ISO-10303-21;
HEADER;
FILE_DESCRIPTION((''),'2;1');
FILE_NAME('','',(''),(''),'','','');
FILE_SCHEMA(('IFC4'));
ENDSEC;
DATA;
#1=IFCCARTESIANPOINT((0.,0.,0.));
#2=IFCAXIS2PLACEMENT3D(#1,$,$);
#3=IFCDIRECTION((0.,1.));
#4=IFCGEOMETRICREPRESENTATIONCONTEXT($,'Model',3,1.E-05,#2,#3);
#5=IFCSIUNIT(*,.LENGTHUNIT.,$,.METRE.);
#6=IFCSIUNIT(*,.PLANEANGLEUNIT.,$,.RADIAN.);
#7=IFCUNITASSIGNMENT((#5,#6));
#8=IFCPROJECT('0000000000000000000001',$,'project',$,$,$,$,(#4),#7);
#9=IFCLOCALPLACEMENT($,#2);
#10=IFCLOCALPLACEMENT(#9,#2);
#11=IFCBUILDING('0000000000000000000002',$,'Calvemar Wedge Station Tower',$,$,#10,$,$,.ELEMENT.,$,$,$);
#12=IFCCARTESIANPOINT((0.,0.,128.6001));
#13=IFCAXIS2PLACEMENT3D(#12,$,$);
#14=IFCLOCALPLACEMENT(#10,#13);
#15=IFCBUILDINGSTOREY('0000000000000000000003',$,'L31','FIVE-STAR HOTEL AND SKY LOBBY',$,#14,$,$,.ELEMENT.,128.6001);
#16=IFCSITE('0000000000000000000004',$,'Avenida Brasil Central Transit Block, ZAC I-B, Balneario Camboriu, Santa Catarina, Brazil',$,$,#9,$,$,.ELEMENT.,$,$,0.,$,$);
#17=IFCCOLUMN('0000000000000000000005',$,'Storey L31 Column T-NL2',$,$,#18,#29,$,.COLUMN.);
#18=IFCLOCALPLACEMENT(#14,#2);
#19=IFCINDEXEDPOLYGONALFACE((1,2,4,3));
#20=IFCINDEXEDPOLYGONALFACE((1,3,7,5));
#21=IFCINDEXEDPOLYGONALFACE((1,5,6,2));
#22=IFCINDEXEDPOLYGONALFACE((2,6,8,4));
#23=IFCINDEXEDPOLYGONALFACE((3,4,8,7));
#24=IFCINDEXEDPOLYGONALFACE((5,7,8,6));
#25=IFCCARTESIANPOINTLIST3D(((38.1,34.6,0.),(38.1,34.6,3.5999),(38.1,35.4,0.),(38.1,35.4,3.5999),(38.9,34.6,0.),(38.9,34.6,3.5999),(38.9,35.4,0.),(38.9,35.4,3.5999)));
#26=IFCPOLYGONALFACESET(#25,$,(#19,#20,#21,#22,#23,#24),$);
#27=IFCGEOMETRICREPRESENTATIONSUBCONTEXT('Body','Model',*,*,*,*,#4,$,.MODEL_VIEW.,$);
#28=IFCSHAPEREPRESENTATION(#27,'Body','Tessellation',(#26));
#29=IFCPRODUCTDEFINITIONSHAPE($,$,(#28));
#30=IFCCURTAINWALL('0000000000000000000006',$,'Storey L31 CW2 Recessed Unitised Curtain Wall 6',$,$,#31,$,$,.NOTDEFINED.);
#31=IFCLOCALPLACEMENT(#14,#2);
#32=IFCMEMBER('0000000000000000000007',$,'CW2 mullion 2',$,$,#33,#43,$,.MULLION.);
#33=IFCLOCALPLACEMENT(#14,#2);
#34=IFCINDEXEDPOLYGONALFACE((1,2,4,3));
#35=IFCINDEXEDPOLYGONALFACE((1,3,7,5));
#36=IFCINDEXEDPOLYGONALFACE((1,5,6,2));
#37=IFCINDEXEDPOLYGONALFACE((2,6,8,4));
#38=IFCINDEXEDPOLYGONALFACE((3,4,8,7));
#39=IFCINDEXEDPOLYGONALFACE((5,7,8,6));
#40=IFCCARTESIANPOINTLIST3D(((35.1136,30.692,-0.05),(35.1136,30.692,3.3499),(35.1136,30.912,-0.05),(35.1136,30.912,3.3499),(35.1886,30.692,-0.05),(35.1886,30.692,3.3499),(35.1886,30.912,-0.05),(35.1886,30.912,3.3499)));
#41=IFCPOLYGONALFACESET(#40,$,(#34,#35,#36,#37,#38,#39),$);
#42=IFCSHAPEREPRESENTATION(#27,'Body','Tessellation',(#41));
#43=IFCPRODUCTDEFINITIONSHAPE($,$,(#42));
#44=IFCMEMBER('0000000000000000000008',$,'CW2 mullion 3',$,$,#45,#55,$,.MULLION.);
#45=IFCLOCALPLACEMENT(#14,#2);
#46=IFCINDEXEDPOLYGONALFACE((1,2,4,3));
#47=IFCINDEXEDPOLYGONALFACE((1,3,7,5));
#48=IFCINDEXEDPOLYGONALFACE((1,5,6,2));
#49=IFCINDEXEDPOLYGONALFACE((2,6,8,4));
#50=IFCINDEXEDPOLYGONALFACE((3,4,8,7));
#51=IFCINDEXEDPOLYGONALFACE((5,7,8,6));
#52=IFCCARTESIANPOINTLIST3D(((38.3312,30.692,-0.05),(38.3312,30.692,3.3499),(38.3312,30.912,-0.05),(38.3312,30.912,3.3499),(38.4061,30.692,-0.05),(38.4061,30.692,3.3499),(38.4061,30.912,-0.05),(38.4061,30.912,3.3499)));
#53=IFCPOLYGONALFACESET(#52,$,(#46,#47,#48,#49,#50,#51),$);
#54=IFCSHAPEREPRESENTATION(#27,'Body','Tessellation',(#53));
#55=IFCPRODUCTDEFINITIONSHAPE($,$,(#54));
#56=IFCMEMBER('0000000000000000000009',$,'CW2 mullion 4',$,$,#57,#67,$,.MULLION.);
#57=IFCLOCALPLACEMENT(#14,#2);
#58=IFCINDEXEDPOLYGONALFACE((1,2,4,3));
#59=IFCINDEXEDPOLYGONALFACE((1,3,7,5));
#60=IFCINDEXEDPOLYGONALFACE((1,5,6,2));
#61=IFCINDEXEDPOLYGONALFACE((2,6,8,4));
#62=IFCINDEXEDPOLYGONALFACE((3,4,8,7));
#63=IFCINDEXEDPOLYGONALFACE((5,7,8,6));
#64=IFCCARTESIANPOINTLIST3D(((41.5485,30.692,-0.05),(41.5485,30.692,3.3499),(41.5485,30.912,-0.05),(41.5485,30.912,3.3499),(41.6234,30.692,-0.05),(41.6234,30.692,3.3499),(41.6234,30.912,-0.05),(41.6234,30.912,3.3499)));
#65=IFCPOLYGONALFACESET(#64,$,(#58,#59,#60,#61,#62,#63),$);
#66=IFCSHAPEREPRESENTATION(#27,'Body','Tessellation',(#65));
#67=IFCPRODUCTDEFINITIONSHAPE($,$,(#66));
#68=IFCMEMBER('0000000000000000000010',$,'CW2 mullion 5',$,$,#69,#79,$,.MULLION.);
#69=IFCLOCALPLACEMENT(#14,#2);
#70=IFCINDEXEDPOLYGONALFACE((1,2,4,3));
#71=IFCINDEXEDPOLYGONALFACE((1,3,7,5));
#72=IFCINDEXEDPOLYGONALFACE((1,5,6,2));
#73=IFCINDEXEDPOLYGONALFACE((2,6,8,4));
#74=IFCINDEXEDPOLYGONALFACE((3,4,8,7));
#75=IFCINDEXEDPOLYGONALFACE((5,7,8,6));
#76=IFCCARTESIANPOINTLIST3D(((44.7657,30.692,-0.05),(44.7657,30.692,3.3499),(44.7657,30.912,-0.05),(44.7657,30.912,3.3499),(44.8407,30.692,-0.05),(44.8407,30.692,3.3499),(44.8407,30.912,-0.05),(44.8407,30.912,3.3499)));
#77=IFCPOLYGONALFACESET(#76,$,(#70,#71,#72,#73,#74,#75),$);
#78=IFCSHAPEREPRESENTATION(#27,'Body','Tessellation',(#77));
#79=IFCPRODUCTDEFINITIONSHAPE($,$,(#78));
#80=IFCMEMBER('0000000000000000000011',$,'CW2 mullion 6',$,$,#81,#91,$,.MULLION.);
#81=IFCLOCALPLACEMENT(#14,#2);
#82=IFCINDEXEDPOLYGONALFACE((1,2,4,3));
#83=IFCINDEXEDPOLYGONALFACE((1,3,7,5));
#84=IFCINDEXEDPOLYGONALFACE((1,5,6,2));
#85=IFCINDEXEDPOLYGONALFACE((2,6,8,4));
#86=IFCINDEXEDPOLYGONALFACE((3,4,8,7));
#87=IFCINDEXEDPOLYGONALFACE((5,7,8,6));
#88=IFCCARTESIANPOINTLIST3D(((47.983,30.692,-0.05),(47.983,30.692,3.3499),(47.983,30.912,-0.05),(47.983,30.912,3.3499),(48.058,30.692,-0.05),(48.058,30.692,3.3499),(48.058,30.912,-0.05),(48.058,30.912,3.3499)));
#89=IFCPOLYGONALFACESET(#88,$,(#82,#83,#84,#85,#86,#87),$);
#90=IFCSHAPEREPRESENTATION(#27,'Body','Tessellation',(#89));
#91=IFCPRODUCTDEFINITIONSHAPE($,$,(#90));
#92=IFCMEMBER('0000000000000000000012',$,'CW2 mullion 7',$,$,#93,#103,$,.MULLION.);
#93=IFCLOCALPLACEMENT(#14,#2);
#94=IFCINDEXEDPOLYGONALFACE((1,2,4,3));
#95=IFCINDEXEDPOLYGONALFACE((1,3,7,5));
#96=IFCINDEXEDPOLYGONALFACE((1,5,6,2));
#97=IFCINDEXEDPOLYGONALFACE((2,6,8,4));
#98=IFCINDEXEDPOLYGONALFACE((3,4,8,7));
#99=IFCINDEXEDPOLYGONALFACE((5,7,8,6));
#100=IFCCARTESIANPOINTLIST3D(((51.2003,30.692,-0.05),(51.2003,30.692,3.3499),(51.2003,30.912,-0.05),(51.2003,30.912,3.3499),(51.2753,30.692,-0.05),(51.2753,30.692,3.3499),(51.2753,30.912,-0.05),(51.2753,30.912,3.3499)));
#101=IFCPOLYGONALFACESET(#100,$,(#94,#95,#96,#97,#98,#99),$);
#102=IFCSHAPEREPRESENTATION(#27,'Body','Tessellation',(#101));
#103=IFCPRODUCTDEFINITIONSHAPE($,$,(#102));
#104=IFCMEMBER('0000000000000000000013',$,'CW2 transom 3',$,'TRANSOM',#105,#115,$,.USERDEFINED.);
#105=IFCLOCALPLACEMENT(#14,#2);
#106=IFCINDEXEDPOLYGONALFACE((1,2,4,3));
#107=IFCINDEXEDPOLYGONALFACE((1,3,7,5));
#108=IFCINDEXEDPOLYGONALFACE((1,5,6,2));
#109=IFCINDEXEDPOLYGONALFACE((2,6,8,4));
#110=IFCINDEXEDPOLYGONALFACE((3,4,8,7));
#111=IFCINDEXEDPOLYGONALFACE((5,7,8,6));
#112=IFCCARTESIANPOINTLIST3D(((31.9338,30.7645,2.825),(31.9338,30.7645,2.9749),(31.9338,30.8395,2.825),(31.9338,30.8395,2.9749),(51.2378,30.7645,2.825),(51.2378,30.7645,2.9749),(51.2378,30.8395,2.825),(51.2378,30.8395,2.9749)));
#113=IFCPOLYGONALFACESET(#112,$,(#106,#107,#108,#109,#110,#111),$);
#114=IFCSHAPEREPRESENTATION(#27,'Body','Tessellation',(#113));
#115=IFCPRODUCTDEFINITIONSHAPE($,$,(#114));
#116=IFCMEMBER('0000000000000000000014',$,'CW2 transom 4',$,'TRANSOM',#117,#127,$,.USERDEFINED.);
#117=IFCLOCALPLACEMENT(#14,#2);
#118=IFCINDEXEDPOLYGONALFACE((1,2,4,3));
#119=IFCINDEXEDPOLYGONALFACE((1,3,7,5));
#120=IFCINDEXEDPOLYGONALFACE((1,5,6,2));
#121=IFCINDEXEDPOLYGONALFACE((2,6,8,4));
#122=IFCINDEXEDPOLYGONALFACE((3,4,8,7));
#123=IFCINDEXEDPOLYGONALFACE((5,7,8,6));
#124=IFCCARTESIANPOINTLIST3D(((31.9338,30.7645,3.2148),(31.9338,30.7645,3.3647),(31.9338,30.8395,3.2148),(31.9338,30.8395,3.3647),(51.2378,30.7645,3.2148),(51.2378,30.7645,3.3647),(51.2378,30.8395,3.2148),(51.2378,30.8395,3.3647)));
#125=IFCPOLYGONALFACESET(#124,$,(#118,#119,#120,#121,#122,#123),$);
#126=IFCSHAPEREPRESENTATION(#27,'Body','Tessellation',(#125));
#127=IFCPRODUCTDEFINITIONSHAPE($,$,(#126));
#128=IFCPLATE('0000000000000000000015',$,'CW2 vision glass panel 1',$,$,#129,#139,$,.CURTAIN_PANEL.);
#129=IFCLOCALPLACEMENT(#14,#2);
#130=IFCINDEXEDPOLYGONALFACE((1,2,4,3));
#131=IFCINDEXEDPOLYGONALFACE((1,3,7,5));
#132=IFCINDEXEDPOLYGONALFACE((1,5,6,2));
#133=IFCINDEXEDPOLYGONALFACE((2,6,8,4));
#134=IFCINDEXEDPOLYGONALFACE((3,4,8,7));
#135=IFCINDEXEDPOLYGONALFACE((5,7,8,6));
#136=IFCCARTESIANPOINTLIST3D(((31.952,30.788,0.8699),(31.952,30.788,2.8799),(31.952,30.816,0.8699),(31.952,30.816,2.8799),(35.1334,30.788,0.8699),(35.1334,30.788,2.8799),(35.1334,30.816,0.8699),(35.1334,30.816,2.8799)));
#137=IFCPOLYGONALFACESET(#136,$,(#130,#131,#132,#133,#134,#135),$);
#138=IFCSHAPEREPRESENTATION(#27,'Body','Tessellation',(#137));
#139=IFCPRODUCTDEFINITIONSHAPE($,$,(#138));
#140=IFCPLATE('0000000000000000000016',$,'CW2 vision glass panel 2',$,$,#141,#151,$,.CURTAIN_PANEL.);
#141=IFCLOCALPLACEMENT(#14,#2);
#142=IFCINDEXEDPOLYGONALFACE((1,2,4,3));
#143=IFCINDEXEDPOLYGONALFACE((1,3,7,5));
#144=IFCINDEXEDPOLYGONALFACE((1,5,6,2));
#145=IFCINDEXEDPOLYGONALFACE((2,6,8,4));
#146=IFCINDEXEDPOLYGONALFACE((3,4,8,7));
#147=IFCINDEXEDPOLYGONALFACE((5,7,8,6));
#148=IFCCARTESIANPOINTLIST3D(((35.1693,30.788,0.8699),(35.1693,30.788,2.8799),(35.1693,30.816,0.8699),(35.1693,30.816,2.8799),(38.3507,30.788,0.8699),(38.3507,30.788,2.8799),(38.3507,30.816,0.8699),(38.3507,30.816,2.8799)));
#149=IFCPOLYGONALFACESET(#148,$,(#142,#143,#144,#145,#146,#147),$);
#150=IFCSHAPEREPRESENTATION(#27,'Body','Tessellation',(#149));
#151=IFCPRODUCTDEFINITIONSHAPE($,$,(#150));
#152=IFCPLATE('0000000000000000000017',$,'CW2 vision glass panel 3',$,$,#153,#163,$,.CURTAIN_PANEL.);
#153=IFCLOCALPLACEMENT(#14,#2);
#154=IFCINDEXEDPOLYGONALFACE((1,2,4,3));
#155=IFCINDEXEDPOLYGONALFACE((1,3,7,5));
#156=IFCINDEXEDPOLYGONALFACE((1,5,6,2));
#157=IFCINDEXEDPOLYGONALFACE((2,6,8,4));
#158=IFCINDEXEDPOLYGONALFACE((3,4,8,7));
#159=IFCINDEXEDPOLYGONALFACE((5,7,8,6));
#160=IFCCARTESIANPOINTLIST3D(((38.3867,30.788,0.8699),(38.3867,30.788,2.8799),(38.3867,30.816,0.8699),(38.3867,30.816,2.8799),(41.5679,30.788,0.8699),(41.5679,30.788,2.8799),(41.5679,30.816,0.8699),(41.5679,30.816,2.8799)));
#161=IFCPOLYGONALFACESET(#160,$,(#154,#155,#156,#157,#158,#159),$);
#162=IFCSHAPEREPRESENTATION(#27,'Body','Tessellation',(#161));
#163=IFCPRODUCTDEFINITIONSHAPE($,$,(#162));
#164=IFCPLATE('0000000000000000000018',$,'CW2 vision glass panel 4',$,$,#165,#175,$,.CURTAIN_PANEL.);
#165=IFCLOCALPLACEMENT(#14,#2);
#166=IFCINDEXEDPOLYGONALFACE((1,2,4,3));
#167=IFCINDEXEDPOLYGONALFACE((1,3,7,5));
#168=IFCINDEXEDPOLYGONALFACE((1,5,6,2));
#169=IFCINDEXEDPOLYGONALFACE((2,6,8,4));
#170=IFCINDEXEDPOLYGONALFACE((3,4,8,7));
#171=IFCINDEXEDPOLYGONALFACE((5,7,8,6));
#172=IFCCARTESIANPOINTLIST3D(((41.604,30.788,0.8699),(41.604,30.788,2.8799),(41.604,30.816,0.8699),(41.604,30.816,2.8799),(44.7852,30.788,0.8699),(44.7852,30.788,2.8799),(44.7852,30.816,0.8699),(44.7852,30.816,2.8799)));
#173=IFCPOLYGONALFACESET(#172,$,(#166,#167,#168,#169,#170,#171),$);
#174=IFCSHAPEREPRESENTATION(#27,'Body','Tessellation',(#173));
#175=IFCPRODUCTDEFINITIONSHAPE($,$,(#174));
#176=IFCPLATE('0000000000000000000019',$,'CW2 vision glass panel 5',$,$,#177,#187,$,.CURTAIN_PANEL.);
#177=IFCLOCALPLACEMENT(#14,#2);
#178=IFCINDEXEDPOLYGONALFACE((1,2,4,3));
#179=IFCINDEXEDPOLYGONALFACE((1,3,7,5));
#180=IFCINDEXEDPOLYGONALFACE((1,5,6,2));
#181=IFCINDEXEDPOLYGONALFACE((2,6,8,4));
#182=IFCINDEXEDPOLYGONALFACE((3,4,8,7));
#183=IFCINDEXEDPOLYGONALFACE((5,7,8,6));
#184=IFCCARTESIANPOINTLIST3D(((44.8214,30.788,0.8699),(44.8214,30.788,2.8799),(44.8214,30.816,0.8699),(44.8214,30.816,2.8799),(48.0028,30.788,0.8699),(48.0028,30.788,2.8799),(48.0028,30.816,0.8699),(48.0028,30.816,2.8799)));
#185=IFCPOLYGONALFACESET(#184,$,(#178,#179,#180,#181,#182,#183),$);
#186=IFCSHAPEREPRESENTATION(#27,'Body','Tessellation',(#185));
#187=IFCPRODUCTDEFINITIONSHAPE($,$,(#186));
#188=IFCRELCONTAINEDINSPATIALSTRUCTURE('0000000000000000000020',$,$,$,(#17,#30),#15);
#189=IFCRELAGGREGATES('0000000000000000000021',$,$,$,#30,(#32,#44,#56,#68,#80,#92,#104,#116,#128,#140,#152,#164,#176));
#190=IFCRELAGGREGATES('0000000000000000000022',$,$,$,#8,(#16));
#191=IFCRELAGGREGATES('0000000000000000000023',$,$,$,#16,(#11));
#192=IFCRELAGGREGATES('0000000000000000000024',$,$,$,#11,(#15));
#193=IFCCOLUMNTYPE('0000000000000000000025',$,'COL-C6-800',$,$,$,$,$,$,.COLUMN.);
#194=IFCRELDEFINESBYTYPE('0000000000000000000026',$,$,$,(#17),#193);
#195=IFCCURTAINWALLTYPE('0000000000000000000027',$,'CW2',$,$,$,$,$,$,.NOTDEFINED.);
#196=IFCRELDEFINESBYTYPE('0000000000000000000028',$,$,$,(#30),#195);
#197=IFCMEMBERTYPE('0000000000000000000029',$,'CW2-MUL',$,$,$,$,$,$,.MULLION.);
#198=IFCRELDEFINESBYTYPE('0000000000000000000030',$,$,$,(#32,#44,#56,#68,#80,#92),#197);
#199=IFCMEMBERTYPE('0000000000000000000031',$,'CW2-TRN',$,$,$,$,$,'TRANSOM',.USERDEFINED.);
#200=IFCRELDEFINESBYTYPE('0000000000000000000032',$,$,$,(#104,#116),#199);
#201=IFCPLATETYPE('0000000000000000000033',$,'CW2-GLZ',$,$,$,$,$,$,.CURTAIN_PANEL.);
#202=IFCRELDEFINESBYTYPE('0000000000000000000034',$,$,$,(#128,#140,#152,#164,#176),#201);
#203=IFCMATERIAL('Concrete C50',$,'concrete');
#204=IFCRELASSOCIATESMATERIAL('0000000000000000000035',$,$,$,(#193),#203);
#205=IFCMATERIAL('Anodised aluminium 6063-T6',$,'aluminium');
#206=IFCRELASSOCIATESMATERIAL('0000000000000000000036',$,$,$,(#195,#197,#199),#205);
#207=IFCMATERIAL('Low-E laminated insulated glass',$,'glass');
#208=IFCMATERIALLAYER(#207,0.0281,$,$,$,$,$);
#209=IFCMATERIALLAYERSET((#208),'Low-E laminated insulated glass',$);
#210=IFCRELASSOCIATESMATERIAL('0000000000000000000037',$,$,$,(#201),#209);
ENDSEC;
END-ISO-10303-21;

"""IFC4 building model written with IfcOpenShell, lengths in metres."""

from ifc_helpers import new_model, si_unit, direction, frame, frame_2d, origin, origin_2d, place, context, subcontext, project, spatial, rectangle, extrude, source, transform, mapped, material, layer, layer_set, material_profile, profile_set, type_object, element, aggregate, save


model = new_model("IFC4")

# Units and contexts
model_context = context("Model", 3, precision=1e-05, world=origin(), true_north=direction((0.0, 1.0)))
body_context = subcontext(model_context, "Body", "Model", "MODEL_VIEW")
ifc_project = project(units=[si_unit("LENGTHUNIT", "METRE"), si_unit("PLANEANGLEUNIT", "RADIAN")], contexts=[model_context])

# Site, building, storey
site_placement = place(None, origin())
site = spatial("IfcSite", under=ifc_project, at=site_placement, Name="Avenida Brasil Central Transit Block, ZAC I-B, Balneario Camboriu, Santa Catarina, Brazil", CompositionType="ELEMENT", RefElevation=0.0)
building_placement = place(site_placement, origin())
building = spatial("IfcBuilding", under=site, at=building_placement, Name="Calvemar Wedge Station Tower", CompositionType="ELEMENT")
storey_placement = place(building_placement, frame((0.0, 0.0, 128.6001)))
storey = spatial("IfcBuildingStorey", under=building, at=storey_placement, Name="L31", Description="FIVE-STAR HOTEL AND SKY LOBBY", CompositionType="ELEMENT", Elevation=128.6001)

# Column
ifc_material_1 = material(Name="Concrete C50", Category="concrete")
ifc_material_profile_1 = material_profile(ifc_material_1, rectangle(XDim=0.8, YDim=0.8, at=origin_2d()), Name="RC800x800")
ifc_profile_set_1 = profile_set([ifc_material_profile_1], Name="Concrete C50")
column_type = type_object("IfcColumnType", Name="COL-C6-800", PredefinedType="COLUMN", material=ifc_profile_set_1)
shared_shape_1 = source(origin(), body_context, "Body", "SweptSolid", [
    extrude(rectangle(XDim=0.8, YDim=0.8, at=origin_2d()), origin(), (0.0, 0.0, 1.0), 3.5999),
])
column_placement = place(storey_placement, frame((38.5, 35.0, 0.0), z_axis=(0.0, 0.0, 1.0), x_axis=(1.0, 0.0, 0.0)))
element("IfcColumn", 1, at=column_placement, inside=storey, type_object=column_type, Name="Storey L31 Column T-NL2", PredefinedType="COLUMN", context=body_context, shape_type="MappedRepresentation", body=[
    mapped(shared_shape_1, transform((0.0, 0.0, 0.0), scale=1.0)),
])

# Curtain wall, members, plates
ifc_material_2 = material(Name="Anodised aluminium 6063-T6", Category="aluminium")
curtain_wall_type = type_object("IfcCurtainWallType", Name="CW2", PredefinedType="NOTDEFINED", material=ifc_material_2)
curtain_wall_placement = place(storey_placement, origin())
curtain_wall = element("IfcCurtainWall", 2, at=curtain_wall_placement, inside=storey, type_object=curtain_wall_type, Name="Storey L31 CW2 Recessed Unitised Curtain Wall 6", PredefinedType="NOTDEFINED")
ifc_material_profile_2 = material_profile(ifc_material_2, rectangle(XDim=0.075, YDim=0.22, at=origin_2d()), Name="AL-MUL-75x220")
ifc_profile_set_2 = profile_set([ifc_material_profile_2], Name="Anodised aluminium 6063-T6")
member_type_1 = type_object("IfcMemberType", Name="CW2-MUL", PredefinedType="MULLION", material=ifc_profile_set_2)
shared_shape_2 = source(origin(), body_context, "Body", "SweptSolid", [
    extrude(rectangle(XDim=0.075, YDim=0.22, at=origin_2d()), origin(), (0.0, 0.0, 1.0), 3.3999),
])
member_1_placement = place(storey_placement, frame((35.1511, 30.802, -0.05), z_axis=(0.0, 0.0, 1.0), x_axis=(1.0, 0.0, 0.0)))
member_1 = element("IfcMember", 3, at=member_1_placement, type_object=member_type_1, Name="CW2 mullion 2", PredefinedType="MULLION", context=body_context, shape_type="MappedRepresentation", body=[
    mapped(shared_shape_2, transform((0.0, 0.0, 0.0), scale=1.0)),
])
member_2_placement = place(storey_placement, frame((38.3687, 30.802, -0.05), z_axis=(0.0, 0.0, 1.0), x_axis=(1.0, 0.0, 0.0)))
member_2 = element("IfcMember", 4, at=member_2_placement, type_object=member_type_1, Name="CW2 mullion 3", PredefinedType="MULLION", context=body_context, shape_type="MappedRepresentation", body=[
    mapped(shared_shape_2, transform((0.0, 0.0, 0.0), scale=1.0)),
])
member_3_placement = place(storey_placement, frame((41.5859, 30.802, -0.05), z_axis=(0.0, 0.0, 1.0), x_axis=(1.0, 0.0, 0.0)))
member_3 = element("IfcMember", 5, at=member_3_placement, type_object=member_type_1, Name="CW2 mullion 4", PredefinedType="MULLION", context=body_context, shape_type="MappedRepresentation", body=[
    mapped(shared_shape_2, transform((0.0, 0.0, 0.0), scale=1.0)),
])
member_4_placement = place(storey_placement, frame((44.8032, 30.802, -0.05), z_axis=(0.0, 0.0, 1.0), x_axis=(1.0, 0.0, 0.0)))
member_4 = element("IfcMember", 6, at=member_4_placement, type_object=member_type_1, Name="CW2 mullion 5", PredefinedType="MULLION", context=body_context, shape_type="MappedRepresentation", body=[
    mapped(shared_shape_2, transform((0.0, 0.0, 0.0), scale=1.0)),
])
member_5_placement = place(storey_placement, frame((48.0205, 30.802, -0.05), z_axis=(0.0, 0.0, 1.0), x_axis=(1.0, 0.0, 0.0)))
member_5 = element("IfcMember", 7, at=member_5_placement, type_object=member_type_1, Name="CW2 mullion 6", PredefinedType="MULLION", context=body_context, shape_type="MappedRepresentation", body=[
    mapped(shared_shape_2, transform((0.0, 0.0, 0.0), scale=1.0)),
])
member_6_placement = place(storey_placement, frame((51.2378, 30.802, -0.05), z_axis=(0.0, 0.0, 1.0), x_axis=(1.0, 0.0, 0.0)))
member_6 = element("IfcMember", 8, at=member_6_placement, type_object=member_type_1, Name="CW2 mullion 7", PredefinedType="MULLION", context=body_context, shape_type="MappedRepresentation", body=[
    mapped(shared_shape_2, transform((0.0, 0.0, 0.0), scale=1.0)),
])
ifc_material_profile_3 = material_profile(ifc_material_2, rectangle(XDim=0.075, YDim=0.1499, at=origin_2d()), Name="AL-TRN-75x150")
ifc_profile_set_3 = profile_set([ifc_material_profile_3], Name="Anodised aluminium 6063-T6")
member_type_2 = type_object("IfcMemberType", Name="CW2-TRN", ElementType="TRANSOM", PredefinedType="USERDEFINED", material=ifc_profile_set_3)
shared_shape_3 = source(origin(), body_context, "Body", "SweptSolid", [
    extrude(rectangle(XDim=0.075, YDim=0.1499, at=origin_2d()), origin(), (0.0, 0.0, 1.0), 19.304),
])
member_7_placement = place(storey_placement, frame((31.9338, 30.802, 2.8999), z_axis=(1.0, 0.0, 0.0), x_axis=(0.0, 1.0, 0.0)))
member_7 = element("IfcMember", 9, at=member_7_placement, type_object=member_type_2, Name="CW2 transom 3", ObjectType="TRANSOM", PredefinedType="USERDEFINED", context=body_context, shape_type="MappedRepresentation", body=[
    mapped(shared_shape_3, transform((0.0, 0.0, 0.0), scale=1.0)),
])
member_8_placement = place(storey_placement, frame((31.9338, 30.802, 3.2898), z_axis=(1.0, 0.0, 0.0), x_axis=(0.0, 1.0, 0.0)))
member_8 = element("IfcMember", 10, at=member_8_placement, type_object=member_type_2, Name="CW2 transom 4", ObjectType="TRANSOM", PredefinedType="USERDEFINED", context=body_context, shape_type="MappedRepresentation", body=[
    mapped(shared_shape_3, transform((0.0, 0.0, 0.0), scale=1.0)),
])
ifc_material_3 = material(Name="Low-E laminated insulated glass", Category="glass")
ifc_layer_1 = layer(ifc_material_3, 0.0281)
ifc_layer_set_1 = layer_set([ifc_layer_1], Name="Low-E laminated insulated glass")
plate_type_1 = type_object("IfcPlateType", Name="CW2-GLZ", PredefinedType="CURTAIN_PANEL", material=ifc_layer_set_1)
plate_1_placement = place(storey_placement, frame((31.9519, 30.802, 0.8699), z_axis=(0.0, 0.0, 1.0), x_axis=(1.0, 0.0, 0.0)))
plate_1 = element("IfcPlate", 11, at=plate_1_placement, type_object=plate_type_1, Name="CW2 vision glass panel 1", PredefinedType="CURTAIN_PANEL", context=body_context, shape_type="SweptSolid", body=[
    extrude(rectangle(XDim=3.1814, YDim=0.0281, at=frame_2d((1.5908, 0.0))), origin(), (0.0, 0.0, 1.0), 2.01),
])
plate_2_placement = place(storey_placement, frame((35.1692, 30.802, 0.8699), z_axis=(0.0, 0.0, 1.0), x_axis=(1.0, 0.0, 0.0)))
plate_2 = element("IfcPlate", 12, at=plate_2_placement, type_object=plate_type_1, Name="CW2 vision glass panel 2", PredefinedType="CURTAIN_PANEL", context=body_context, shape_type="SweptSolid", body=[
    extrude(rectangle(XDim=3.1814, YDim=0.0281, at=frame_2d((1.5908, 0.0))), origin(), (0.0, 0.0, 1.0), 2.01),
])
plate_3_placement = place(storey_placement, frame((38.3867, 30.802, 0.8699), z_axis=(0.0, 0.0, 1.0), x_axis=(1.0, 0.0, 0.0)))
plate_3 = element("IfcPlate", 13, at=plate_3_placement, type_object=plate_type_1, Name="CW2 vision glass panel 3", PredefinedType="CURTAIN_PANEL", context=body_context, shape_type="SweptSolid", body=[
    extrude(rectangle(XDim=3.1812, YDim=0.0281, at=frame_2d((1.5906, 0.0))), origin(), (0.0, 0.0, 1.0), 2.01),
])
plate_4_placement = place(storey_placement, frame((41.604, 30.802, 0.8699), z_axis=(0.0, 0.0, 1.0), x_axis=(1.0, 0.0, 0.0)))
plate_4 = element("IfcPlate", 14, at=plate_4_placement, type_object=plate_type_1, Name="CW2 vision glass panel 4", PredefinedType="CURTAIN_PANEL", context=body_context, shape_type="SweptSolid", body=[
    extrude(rectangle(XDim=3.1812, YDim=0.0281, at=frame_2d((1.5906, 0.0))), origin(), (0.0, 0.0, 1.0), 2.01),
])
plate_5_placement = place(storey_placement, frame((44.8213, 30.802, 0.8699), z_axis=(0.0, 0.0, 1.0), x_axis=(1.0, 0.0, 0.0)))
plate_5 = element("IfcPlate", 15, at=plate_5_placement, type_object=plate_type_1, Name="CW2 vision glass panel 5", PredefinedType="CURTAIN_PANEL", context=body_context, shape_type="SweptSolid", body=[
    extrude(rectangle(XDim=3.1814, YDim=0.0281, at=frame_2d((1.5908, 0.0))), origin(), (0.0, 0.0, 1.0), 2.01),
])
aggregate(curtain_wall, [member_1, member_2, member_3, member_4, member_5, member_6, member_7, member_8, plate_1, plate_2, plate_3, plate_4, plate_5])

save(model, "model.ifc")
